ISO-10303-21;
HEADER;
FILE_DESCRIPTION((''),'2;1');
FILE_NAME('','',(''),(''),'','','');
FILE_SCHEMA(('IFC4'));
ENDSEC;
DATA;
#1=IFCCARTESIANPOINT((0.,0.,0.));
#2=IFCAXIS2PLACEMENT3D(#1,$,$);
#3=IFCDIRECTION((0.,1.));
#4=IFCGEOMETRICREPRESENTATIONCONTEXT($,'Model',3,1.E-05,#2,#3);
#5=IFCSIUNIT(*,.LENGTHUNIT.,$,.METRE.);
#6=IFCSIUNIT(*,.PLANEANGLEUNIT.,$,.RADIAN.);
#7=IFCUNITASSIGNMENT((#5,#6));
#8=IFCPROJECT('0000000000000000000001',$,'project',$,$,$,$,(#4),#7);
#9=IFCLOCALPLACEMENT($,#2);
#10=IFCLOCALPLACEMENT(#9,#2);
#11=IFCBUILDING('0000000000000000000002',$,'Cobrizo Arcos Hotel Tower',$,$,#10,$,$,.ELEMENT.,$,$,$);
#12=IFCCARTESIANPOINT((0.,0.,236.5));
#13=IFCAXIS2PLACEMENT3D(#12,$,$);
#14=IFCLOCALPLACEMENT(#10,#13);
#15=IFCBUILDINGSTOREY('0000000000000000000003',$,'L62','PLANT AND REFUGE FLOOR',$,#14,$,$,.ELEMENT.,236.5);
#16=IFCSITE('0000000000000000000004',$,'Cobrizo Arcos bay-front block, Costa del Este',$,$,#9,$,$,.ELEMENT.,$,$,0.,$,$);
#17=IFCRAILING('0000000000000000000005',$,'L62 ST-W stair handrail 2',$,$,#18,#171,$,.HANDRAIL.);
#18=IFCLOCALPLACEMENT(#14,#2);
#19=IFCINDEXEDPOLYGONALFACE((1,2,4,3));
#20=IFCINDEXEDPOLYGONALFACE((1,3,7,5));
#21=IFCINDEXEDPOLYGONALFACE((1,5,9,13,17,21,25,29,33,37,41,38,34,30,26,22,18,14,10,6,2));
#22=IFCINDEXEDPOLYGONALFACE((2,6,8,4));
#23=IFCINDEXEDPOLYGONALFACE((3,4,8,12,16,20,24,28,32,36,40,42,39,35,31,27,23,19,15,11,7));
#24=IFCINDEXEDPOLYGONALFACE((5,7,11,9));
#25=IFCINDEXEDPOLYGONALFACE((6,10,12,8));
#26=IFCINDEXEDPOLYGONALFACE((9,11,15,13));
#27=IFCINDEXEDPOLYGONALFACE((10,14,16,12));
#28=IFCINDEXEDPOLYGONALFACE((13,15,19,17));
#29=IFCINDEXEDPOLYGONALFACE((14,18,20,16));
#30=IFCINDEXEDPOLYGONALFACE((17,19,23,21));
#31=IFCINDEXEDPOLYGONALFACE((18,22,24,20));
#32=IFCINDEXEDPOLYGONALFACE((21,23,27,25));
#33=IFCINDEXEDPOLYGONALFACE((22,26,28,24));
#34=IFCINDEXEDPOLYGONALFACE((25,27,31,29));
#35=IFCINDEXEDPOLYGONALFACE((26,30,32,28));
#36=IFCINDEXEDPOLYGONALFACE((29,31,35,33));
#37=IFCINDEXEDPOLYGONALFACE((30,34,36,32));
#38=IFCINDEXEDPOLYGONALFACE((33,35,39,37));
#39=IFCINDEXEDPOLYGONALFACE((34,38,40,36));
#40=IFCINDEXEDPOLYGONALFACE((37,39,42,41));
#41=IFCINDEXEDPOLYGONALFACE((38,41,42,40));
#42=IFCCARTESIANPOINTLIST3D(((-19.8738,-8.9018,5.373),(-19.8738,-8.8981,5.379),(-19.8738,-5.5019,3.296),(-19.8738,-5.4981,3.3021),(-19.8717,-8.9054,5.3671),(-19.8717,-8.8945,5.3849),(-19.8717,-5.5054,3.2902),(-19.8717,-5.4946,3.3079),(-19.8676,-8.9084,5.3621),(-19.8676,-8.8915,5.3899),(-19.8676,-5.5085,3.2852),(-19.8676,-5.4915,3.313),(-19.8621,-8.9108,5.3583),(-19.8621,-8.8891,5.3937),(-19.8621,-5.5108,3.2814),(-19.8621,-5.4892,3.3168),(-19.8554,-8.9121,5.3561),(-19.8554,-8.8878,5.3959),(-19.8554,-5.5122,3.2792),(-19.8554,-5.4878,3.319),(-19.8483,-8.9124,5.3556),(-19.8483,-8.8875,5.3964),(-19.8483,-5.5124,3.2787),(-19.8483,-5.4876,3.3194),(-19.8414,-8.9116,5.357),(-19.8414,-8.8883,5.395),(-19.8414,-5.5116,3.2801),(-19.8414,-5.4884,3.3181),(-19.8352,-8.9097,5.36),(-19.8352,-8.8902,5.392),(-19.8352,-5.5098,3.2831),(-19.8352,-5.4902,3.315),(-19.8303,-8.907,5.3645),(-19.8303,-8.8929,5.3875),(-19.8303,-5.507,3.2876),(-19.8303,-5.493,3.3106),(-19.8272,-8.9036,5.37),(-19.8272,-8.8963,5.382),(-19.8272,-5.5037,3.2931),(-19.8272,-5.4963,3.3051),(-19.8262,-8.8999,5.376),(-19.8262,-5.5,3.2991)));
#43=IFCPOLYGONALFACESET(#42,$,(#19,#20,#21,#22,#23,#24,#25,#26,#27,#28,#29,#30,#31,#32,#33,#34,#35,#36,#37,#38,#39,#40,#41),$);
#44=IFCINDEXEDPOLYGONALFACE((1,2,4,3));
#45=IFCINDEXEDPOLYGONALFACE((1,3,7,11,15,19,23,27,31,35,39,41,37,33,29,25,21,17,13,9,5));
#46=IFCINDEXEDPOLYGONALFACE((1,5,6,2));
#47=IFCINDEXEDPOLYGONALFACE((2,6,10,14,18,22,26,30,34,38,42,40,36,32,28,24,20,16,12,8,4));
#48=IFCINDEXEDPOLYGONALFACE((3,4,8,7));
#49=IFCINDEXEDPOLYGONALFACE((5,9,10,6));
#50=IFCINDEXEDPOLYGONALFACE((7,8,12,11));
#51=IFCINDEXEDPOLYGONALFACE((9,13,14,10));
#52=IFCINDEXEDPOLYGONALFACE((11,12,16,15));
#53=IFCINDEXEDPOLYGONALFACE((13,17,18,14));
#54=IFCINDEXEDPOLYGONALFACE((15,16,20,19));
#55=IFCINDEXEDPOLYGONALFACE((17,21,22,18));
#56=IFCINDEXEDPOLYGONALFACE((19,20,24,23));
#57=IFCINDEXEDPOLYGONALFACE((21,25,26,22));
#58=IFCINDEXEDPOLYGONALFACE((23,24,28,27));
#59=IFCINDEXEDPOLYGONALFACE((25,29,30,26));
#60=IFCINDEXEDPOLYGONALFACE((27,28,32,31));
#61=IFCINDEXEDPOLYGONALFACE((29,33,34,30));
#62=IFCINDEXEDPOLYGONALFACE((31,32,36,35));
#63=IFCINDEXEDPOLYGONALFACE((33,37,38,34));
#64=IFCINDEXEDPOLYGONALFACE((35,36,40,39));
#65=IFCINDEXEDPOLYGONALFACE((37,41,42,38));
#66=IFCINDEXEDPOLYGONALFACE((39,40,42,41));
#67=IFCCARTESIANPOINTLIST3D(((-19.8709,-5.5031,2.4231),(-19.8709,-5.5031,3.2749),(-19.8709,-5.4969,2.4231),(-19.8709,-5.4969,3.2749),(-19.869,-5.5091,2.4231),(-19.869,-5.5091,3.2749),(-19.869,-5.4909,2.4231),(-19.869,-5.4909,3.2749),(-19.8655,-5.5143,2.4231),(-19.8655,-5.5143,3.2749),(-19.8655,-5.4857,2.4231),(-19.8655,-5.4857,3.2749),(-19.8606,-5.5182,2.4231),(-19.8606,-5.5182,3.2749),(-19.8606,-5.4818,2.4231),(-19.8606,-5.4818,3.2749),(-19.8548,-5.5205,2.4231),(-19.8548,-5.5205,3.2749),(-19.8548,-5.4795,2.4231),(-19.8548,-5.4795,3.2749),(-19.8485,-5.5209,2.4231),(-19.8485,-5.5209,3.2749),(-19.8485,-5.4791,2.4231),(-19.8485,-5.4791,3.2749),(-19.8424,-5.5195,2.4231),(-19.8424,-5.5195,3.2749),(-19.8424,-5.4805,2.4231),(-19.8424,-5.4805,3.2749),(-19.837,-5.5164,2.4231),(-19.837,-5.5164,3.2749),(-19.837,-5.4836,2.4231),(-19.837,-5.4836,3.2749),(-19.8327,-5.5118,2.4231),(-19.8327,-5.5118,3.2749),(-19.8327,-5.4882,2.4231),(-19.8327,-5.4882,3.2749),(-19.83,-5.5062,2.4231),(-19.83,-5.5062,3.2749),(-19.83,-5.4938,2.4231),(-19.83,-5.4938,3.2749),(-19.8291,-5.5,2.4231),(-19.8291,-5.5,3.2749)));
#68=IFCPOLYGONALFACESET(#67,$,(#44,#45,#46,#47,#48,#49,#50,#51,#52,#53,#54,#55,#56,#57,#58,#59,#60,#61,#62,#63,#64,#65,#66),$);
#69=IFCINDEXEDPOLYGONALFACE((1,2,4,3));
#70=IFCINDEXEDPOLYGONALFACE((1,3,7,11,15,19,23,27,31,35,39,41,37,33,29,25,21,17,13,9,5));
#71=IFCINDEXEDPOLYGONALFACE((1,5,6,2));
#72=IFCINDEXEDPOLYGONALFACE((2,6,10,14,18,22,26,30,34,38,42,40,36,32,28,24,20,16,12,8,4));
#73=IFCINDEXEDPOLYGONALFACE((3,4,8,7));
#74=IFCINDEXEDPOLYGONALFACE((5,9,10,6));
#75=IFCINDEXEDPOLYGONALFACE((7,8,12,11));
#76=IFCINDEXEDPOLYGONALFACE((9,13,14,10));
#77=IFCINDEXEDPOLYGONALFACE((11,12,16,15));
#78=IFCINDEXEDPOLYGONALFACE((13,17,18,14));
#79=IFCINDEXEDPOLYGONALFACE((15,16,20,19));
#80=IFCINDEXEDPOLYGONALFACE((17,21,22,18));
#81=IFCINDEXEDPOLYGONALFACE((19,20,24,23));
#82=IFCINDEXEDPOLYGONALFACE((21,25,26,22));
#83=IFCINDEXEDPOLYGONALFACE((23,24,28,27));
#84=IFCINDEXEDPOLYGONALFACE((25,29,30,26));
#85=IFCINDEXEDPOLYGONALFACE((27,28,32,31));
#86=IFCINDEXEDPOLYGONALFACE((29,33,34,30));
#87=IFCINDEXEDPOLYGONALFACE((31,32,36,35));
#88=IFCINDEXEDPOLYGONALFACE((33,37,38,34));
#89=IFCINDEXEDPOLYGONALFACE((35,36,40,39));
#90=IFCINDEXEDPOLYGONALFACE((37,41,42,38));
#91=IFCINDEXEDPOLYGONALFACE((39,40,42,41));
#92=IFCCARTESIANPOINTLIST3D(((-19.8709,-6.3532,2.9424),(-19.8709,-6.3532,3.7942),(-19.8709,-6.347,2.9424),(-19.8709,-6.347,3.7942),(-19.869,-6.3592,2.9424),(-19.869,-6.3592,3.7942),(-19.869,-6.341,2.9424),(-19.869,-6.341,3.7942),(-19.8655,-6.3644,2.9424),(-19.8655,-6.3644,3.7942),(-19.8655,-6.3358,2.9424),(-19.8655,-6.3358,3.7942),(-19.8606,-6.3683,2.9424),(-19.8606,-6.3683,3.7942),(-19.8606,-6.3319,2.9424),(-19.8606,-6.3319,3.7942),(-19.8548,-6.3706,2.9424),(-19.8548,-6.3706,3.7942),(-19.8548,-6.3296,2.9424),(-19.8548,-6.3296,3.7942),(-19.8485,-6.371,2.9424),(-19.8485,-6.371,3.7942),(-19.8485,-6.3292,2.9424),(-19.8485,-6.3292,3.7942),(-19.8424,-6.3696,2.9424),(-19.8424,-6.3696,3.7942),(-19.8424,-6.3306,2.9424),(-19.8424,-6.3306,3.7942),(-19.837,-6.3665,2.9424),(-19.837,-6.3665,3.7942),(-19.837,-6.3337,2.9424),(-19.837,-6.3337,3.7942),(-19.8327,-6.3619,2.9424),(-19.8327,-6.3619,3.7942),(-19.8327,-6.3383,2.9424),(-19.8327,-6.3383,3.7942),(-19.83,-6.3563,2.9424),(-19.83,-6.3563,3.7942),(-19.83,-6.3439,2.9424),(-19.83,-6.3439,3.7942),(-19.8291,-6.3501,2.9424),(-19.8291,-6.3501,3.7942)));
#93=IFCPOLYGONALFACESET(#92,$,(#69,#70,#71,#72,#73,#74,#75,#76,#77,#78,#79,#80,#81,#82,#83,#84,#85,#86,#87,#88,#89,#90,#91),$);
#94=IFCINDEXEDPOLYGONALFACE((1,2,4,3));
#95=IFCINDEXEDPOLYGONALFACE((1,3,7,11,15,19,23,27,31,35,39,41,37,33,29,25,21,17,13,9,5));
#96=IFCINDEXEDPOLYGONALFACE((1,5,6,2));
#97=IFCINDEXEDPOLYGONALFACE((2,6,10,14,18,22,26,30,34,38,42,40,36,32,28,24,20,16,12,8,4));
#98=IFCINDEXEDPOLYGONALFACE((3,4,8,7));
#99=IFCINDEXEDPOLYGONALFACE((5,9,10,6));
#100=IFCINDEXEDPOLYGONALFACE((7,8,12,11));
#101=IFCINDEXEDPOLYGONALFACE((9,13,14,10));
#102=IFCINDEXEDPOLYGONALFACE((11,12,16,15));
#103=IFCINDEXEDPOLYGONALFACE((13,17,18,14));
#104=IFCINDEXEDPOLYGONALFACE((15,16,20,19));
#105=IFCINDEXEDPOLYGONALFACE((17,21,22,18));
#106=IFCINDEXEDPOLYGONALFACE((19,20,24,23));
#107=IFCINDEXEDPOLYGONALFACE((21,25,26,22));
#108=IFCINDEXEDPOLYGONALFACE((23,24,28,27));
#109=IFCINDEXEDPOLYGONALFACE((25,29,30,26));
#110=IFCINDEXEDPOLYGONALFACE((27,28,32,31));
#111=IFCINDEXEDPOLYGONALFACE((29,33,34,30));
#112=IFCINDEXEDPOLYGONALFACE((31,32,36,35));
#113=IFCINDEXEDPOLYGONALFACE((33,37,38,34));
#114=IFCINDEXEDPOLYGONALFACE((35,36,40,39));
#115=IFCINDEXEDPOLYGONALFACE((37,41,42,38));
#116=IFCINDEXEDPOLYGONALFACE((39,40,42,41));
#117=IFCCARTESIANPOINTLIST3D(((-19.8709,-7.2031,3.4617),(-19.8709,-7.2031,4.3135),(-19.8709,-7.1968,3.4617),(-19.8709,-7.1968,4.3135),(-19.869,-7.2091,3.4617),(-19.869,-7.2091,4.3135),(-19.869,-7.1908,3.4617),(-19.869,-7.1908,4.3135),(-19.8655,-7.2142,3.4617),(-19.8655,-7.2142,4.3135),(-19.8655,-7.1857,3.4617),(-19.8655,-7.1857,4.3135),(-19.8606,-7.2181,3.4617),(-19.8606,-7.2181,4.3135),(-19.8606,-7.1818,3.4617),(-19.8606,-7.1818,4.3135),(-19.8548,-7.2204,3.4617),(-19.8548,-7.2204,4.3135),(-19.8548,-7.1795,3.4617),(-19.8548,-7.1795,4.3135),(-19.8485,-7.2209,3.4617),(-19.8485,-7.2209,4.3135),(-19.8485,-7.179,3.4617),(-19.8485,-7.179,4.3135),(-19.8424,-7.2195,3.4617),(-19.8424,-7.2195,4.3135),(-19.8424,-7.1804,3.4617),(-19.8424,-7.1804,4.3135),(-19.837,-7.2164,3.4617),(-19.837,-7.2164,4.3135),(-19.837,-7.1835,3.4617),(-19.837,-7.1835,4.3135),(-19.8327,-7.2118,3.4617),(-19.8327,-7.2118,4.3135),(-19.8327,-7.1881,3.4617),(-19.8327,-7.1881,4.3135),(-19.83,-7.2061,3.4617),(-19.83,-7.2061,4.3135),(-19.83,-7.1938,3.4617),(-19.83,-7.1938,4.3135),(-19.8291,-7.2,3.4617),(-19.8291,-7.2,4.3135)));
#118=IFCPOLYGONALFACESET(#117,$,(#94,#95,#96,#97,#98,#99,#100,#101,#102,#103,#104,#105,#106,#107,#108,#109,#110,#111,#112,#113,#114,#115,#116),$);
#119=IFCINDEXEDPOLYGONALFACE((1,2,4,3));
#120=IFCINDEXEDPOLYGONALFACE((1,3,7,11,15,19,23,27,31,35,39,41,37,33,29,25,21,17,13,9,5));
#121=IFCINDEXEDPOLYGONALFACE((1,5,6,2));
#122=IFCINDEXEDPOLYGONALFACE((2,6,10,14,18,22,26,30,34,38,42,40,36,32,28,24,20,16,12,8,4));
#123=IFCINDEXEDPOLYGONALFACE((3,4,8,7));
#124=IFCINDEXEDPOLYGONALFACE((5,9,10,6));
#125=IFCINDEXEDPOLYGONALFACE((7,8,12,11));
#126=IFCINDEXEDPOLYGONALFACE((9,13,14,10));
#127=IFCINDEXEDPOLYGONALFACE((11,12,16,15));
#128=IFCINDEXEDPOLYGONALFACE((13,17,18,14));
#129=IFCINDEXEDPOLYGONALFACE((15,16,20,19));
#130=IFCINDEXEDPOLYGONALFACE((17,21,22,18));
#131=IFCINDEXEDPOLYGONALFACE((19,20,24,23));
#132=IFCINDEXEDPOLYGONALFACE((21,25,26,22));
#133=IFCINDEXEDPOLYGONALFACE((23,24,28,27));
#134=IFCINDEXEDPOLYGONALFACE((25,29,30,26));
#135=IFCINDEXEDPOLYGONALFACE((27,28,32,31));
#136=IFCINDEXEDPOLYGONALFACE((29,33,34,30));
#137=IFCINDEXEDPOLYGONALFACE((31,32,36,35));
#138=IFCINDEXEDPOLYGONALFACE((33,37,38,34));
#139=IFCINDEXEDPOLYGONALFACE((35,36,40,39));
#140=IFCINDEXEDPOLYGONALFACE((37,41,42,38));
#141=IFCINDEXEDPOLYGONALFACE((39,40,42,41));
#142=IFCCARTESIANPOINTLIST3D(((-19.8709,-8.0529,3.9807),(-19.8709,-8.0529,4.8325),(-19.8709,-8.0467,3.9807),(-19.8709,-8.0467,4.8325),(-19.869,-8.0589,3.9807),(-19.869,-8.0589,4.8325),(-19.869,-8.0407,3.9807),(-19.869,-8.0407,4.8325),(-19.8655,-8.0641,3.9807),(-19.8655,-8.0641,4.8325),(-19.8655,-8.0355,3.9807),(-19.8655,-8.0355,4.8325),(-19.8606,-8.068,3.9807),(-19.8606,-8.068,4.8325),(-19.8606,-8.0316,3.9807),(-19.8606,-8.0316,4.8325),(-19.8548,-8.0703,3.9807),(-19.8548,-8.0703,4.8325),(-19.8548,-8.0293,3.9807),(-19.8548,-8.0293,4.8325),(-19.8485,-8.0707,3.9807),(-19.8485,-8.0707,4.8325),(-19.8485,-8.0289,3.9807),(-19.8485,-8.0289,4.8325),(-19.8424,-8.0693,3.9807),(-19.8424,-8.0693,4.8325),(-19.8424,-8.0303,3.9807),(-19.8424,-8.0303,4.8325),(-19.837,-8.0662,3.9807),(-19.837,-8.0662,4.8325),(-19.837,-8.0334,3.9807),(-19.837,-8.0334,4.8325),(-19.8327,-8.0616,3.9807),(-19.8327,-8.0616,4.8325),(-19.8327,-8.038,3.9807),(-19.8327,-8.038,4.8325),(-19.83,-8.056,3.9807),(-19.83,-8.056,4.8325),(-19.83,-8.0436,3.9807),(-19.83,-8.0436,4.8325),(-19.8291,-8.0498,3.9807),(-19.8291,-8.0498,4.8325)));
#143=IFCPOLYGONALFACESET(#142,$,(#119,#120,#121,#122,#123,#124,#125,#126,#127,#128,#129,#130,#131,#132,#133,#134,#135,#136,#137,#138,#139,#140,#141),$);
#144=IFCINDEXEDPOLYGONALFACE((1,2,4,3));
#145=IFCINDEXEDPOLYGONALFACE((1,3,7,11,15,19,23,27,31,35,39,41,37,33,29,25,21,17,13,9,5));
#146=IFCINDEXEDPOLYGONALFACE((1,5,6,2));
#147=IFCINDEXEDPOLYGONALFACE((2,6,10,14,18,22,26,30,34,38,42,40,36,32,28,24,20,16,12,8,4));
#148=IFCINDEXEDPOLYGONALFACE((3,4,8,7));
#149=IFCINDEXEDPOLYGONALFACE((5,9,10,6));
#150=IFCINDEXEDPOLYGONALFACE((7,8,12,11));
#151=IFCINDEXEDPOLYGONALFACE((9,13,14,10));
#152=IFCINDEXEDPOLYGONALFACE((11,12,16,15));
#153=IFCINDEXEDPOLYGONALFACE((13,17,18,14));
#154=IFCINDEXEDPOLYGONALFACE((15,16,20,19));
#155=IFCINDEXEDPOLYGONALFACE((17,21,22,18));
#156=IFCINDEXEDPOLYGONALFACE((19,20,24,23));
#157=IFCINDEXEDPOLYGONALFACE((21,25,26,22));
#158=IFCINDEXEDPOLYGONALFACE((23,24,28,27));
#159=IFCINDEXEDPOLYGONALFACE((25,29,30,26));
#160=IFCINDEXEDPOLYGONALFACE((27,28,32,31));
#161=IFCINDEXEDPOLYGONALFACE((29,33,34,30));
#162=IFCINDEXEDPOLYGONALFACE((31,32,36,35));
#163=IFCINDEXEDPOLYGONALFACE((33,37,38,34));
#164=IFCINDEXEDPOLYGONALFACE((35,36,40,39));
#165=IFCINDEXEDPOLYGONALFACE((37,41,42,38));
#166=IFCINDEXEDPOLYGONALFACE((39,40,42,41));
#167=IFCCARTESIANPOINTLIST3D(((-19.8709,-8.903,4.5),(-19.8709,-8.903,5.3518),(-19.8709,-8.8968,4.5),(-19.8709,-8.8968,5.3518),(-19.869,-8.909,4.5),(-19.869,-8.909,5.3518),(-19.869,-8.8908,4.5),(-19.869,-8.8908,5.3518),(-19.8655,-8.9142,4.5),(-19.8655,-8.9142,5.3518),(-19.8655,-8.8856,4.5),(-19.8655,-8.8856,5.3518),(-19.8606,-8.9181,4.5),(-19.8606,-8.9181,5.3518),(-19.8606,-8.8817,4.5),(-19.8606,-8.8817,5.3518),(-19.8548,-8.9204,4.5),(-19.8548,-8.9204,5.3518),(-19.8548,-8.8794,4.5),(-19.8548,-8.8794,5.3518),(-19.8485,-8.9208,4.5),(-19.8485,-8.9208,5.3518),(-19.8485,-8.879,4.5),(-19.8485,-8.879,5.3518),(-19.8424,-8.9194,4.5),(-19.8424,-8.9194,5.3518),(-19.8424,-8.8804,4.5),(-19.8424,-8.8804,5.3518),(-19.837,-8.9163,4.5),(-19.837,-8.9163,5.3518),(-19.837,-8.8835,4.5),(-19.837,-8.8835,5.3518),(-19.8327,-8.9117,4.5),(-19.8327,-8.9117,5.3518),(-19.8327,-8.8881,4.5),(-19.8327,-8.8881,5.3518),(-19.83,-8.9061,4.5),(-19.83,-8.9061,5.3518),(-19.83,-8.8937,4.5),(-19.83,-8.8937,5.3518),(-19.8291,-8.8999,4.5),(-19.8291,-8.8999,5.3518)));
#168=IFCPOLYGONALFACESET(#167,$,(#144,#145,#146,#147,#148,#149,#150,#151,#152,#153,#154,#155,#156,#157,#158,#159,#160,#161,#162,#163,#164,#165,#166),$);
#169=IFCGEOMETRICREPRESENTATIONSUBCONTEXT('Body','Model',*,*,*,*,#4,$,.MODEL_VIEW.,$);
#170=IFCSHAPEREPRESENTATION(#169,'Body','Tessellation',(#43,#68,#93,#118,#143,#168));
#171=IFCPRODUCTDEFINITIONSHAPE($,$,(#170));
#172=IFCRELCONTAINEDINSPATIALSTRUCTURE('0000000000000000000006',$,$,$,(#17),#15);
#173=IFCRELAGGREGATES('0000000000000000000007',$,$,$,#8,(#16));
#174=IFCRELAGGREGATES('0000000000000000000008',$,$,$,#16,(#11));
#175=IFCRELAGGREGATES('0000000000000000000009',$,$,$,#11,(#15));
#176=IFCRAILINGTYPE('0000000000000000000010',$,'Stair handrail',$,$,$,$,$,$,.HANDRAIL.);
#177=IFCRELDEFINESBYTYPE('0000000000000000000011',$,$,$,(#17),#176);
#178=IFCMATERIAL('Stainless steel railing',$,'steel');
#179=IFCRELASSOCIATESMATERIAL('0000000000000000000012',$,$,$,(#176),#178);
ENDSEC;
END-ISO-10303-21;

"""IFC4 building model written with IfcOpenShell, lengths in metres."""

from ifc_helpers import new_model, si_unit, direction, frame, origin, origin_2d, place, context, subcontext, project, spatial, circle, extrude, material, type_object, element, save


model = new_model("IFC4")

# Units and contexts
model_context = context("Model", 3, precision=1e-05, world=origin(), true_north=direction((0.0, 1.0)))
body_context = subcontext(model_context, "Body", "Model", "MODEL_VIEW")
ifc_project = project(units=[si_unit("LENGTHUNIT", "METRE"), si_unit("PLANEANGLEUNIT", "RADIAN")], contexts=[model_context])

# Site, building, storey
site_placement = place(None, origin())
site = spatial("IfcSite", under=ifc_project, at=site_placement, Name="Cobrizo Arcos bay-front block, Costa del Este", CompositionType="ELEMENT", RefElevation=0.0)
building_placement = place(site_placement, origin())
building = spatial("IfcBuilding", under=site, at=building_placement, Name="Cobrizo Arcos Hotel Tower", CompositionType="ELEMENT")
storey_placement = place(building_placement, frame((0.0, 0.0, 236.5)))
storey = spatial("IfcBuildingStorey", under=building, at=storey_placement, Name="L62", Description="PLANT AND REFUGE FLOOR", CompositionType="ELEMENT", Elevation=236.5)

# Railing
ifc_material_1 = material(Name="Stainless steel railing", Category="steel")
railing_type_1 = type_object("IfcRailingType", Name="Stair handrail", PredefinedType="HANDRAIL", material=ifc_material_1)
railing_1_placement = place(storey_placement, frame((-19.8501, -5.5, 2.4231)))
element("IfcRailing", 1, at=railing_1_placement, inside=storey, type_object=railing_type_1, Name="L62 ST-W stair handrail 2", PredefinedType="HANDRAIL", context=body_context, shape_type="SweptSolid", body=[
    extrude(circle(Radius=0.0239, at=origin_2d()), frame((0.0, 0.0, 0.876), z_axis=(0.0, -0.853373, 0.521301), x_axis=(1.0, 0.0, 0.0)), (0.0, 0.0, 1.0), 3.9841),
    extrude(circle(Radius=0.021, at=origin_2d()), origin(), (0.0, 0.0, 1.0), 0.8518),
    extrude(circle(Radius=0.021, at=origin_2d()), frame((0.0, -0.8501, 0.5193)), (0.0, 0.0, 1.0), 0.8518),
    extrude(circle(Radius=0.021, at=origin_2d()), frame((0.0, -1.7, 1.0386)), (0.0, 0.0, 1.0), 0.8518),
    extrude(circle(Radius=0.021, at=origin_2d()), frame((0.0, -2.5498, 1.5576)), (0.0, 0.0, 1.0), 0.8518),
    extrude(circle(Radius=0.021, at=origin_2d()), frame((0.0, -3.3999, 2.0769)), (0.0, 0.0, 1.0), 0.8518),
])

save(model, "model.ifc")
